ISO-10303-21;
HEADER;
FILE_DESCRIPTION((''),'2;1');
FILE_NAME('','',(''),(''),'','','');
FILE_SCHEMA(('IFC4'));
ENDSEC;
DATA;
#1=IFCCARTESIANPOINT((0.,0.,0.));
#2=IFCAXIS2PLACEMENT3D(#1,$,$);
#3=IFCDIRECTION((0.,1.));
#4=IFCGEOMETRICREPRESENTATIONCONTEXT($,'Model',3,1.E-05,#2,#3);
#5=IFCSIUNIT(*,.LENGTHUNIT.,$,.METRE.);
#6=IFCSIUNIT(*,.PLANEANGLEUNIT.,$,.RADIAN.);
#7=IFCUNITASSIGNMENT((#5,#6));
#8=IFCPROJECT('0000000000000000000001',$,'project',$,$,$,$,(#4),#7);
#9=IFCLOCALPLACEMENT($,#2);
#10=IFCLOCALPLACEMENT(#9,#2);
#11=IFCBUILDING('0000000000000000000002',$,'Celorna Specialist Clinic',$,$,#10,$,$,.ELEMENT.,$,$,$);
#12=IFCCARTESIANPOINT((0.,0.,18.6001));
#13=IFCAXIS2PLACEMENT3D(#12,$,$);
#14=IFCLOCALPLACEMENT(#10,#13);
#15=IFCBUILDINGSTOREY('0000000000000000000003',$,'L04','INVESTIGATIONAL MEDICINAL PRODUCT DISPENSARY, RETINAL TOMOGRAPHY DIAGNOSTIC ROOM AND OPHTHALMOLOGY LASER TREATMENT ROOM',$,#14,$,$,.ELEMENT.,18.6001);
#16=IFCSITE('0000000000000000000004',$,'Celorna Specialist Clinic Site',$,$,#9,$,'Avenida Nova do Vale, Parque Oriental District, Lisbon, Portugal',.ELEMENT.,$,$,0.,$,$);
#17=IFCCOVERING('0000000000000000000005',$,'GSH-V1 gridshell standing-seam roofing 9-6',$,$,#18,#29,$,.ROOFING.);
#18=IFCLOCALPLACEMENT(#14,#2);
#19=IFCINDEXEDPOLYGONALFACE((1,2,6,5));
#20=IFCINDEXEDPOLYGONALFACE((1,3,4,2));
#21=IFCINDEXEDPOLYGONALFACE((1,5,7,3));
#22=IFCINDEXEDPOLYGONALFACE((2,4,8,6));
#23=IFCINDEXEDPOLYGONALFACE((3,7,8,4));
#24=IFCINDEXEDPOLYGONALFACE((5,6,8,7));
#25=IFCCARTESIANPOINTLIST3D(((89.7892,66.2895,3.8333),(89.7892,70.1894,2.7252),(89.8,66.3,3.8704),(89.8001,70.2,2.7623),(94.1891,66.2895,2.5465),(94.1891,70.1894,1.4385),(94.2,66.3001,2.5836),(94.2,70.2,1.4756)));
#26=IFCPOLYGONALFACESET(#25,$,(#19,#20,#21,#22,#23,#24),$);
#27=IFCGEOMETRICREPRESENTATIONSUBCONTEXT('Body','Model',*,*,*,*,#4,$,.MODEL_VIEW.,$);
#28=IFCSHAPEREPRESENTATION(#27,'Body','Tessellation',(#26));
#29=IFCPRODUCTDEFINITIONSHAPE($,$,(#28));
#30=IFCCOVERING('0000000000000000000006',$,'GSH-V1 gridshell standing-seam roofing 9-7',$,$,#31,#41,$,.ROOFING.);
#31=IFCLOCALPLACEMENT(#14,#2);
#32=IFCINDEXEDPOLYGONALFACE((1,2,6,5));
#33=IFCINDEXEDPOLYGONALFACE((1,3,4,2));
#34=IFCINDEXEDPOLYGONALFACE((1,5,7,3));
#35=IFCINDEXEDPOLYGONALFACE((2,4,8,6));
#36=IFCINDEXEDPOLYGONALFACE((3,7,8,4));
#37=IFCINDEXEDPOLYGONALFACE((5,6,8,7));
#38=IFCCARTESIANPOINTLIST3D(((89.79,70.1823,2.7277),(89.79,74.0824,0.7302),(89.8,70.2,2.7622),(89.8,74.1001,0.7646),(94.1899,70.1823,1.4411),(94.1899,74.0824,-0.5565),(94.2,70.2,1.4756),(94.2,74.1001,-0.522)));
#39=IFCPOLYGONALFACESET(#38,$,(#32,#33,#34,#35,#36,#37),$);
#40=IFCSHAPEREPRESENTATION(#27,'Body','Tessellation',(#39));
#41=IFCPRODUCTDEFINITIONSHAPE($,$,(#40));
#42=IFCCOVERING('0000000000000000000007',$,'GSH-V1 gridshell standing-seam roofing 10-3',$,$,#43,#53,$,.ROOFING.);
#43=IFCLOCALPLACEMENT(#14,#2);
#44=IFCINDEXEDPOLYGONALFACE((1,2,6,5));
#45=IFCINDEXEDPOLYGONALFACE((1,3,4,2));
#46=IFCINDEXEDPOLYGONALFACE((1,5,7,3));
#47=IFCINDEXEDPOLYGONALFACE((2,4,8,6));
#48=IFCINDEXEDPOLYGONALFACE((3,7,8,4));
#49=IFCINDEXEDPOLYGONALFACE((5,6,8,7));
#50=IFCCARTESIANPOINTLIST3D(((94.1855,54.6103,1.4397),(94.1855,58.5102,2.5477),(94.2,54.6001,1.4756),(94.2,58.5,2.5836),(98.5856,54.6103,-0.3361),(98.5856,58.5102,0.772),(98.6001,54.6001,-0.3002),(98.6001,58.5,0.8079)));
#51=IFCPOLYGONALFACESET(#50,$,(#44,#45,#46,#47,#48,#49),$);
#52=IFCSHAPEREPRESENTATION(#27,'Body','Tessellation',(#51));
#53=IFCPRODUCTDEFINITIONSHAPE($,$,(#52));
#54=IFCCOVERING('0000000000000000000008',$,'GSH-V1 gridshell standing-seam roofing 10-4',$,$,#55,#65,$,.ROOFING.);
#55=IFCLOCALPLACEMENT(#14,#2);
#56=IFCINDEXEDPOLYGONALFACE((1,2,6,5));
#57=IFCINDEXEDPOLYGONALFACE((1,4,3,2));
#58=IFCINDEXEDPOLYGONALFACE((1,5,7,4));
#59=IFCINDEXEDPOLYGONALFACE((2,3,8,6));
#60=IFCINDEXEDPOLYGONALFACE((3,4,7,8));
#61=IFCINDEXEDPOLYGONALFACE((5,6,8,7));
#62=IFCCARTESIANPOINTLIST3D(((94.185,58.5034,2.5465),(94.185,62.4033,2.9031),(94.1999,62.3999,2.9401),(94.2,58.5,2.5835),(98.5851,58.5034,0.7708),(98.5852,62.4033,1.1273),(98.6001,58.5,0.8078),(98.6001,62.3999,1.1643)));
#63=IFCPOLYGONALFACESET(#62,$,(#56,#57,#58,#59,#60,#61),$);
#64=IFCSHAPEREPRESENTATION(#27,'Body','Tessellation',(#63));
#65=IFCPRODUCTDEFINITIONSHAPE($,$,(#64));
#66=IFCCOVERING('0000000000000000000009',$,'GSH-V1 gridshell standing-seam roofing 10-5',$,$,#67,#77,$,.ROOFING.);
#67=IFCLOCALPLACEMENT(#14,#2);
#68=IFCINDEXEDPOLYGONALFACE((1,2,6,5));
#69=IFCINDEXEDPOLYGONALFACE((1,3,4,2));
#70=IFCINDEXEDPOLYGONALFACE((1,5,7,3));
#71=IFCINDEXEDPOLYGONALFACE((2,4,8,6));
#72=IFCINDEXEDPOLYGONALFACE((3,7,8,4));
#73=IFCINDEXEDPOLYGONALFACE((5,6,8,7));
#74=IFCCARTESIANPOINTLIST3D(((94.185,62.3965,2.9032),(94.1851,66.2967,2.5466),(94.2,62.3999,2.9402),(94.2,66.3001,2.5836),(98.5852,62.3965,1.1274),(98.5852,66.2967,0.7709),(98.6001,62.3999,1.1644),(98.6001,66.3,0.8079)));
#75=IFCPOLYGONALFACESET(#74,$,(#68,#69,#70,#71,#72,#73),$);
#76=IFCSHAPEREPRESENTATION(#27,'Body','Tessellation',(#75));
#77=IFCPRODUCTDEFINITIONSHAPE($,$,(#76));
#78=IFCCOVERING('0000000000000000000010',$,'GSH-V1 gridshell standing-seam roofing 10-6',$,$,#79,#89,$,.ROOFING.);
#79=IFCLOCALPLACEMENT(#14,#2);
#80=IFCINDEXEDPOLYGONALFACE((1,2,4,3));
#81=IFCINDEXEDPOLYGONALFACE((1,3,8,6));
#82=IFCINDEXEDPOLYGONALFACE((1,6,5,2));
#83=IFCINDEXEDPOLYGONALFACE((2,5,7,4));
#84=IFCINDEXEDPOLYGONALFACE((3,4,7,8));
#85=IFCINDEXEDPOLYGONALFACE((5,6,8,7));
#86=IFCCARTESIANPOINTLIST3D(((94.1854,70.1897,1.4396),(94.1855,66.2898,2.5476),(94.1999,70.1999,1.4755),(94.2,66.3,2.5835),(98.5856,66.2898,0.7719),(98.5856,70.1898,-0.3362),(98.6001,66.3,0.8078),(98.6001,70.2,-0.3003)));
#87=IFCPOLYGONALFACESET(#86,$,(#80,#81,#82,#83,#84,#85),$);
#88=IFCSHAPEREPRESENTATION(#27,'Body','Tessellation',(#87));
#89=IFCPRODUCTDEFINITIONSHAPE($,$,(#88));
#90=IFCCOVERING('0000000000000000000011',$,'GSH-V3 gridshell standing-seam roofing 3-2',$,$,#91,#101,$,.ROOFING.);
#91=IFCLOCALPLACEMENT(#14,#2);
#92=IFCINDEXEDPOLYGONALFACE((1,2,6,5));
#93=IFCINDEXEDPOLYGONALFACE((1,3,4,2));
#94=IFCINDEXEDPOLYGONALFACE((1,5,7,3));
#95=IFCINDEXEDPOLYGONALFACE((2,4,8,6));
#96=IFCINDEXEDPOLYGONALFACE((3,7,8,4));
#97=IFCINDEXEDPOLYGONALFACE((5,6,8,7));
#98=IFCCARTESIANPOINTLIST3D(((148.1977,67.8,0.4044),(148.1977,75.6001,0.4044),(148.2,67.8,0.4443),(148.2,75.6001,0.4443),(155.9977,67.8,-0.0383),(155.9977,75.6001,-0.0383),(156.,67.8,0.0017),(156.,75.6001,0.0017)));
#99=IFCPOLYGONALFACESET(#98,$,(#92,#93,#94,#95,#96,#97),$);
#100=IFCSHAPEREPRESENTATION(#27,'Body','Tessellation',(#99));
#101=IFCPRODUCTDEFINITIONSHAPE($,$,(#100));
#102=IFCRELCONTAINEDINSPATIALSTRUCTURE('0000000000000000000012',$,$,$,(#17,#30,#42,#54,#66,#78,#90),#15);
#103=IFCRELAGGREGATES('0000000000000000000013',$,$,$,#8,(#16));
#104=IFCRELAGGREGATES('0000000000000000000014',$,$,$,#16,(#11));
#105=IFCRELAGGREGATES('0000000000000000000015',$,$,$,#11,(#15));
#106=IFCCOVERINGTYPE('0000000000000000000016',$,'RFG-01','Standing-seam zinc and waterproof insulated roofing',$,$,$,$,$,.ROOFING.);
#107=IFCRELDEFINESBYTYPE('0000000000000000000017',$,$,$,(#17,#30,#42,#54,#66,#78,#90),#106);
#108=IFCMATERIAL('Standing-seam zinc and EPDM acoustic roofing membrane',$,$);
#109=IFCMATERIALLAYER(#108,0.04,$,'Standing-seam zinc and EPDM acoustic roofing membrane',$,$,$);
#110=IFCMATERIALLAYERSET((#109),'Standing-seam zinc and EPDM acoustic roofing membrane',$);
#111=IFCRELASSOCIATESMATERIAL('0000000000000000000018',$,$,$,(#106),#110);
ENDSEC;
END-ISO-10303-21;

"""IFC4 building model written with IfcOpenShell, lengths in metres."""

from ifc_helpers import new_model, si_unit, direction, frame, origin, place, context, subcontext, project, spatial, polyline, outline, extrude, material, layer, layer_set, type_object, element, save


model = new_model("IFC4")

# Units and contexts
model_context = context("Model", 3, precision=1e-05, world=origin(), true_north=direction((0.0, 1.0)))
body_context = subcontext(model_context, "Body", "Model", "MODEL_VIEW")
ifc_project = project(units=[si_unit("LENGTHUNIT", "METRE"), si_unit("PLANEANGLEUNIT", "RADIAN")], contexts=[model_context])

# Site, building, storey
site_placement = place(None, origin())
site = spatial("IfcSite", under=ifc_project, at=site_placement, Name="Celorna Specialist Clinic Site", LongName="Avenida Nova do Vale, Parque Oriental District, Lisbon, Portugal", CompositionType="ELEMENT", RefElevation=0.0)
building_placement = place(site_placement, origin())
building = spatial("IfcBuilding", under=site, at=building_placement, Name="Celorna Specialist Clinic", CompositionType="ELEMENT")
storey_placement = place(building_placement, frame((0.0, 0.0, 18.6001)))
storey = spatial("IfcBuildingStorey", under=building, at=storey_placement, Name="L04", Description="INVESTIGATIONAL MEDICINAL PRODUCT DISPENSARY, RETINAL TOMOGRAPHY DIAGNOSTIC ROOM AND OPHTHALMOLOGY LASER TREATMENT ROOM", CompositionType="ELEMENT", Elevation=18.6001)

# Coverings
ifc_material_1 = material(Name="Standing-seam zinc and EPDM acoustic roofing membrane")
ifc_layer_1 = layer(ifc_material_1, 0.04, Name="Standing-seam zinc and EPDM acoustic roofing membrane")
ifc_layer_set_1 = layer_set([ifc_layer_1], Name="Standing-seam zinc and EPDM acoustic roofing membrane")
covering_type = type_object("IfcCoveringType", Name="RFG-01", Description="Standing-seam zinc and waterproof insulated roofing", PredefinedType="ROOFING", material=ifc_layer_set_1)
covering_1_placement = place(storey_placement, frame((89.8, 66.3, 3.8704), z_axis=(0.270803, 0.263089, 0.925986), x_axis=(0.959798, 0.000006, -0.280693)))
element("IfcCovering", 1, at=covering_1_placement, inside=storey, type_object=covering_type, Name="GSH-V1 gridshell standing-seam roofing 9-6", PredefinedType="ROOFING", context=body_context, shape_type="SweptSolid", body=[
    extrude(outline(polyline([(0.0, 0.0), (4.5842, 0.0), (4.8952, 4.0423), (0.3111, 4.0423), (0.0, 0.0)])), origin(), (0.0, 0.0, -1.0), 0.04),
])
covering_2_placement = place(storey_placement, frame((89.8, 70.2, 2.7622), z_axis=(0.251878, 0.441164, 0.861355), x_axis=(0.959805, 0.0, -0.280667)))
element("IfcCovering", 2, at=covering_2_placement, inside=storey, type_object=covering_type, Name="GSH-V1 gridshell standing-seam roofing 9-7", PredefinedType="ROOFING", context=body_context, shape_type="SweptSolid", body=[
    extrude(outline(polyline([(0.0, 0.0), (4.5842, 0.0), (5.1448, 4.3459), (0.5606, 4.3459), (0.0, 0.0)])), origin(), (0.0, 0.0, -1.0), 0.04),
])
covering_3_placement = place(storey_placement, frame((94.2, 54.6001, 1.4756), z_axis=(0.361891, -0.254777, 0.896729), x_axis=(0.927331, -0.000006, -0.374242)))
element("IfcCovering", 3, at=covering_3_placement, inside=storey, type_object=covering_type, Name="GSH-V1 gridshell standing-seam roofing 10-3", PredefinedType="ROOFING", context=body_context, shape_type="SweptSolid", body=[
    extrude(outline(polyline([(0.0, 0.0), (4.745, 0.0), (4.3303, 4.033), (-0.4146, 4.033), (0.0, 0.0)])), origin(), (0.0, 0.0, -1.0), 0.04),
])
covering_4_placement = place(storey_placement, frame((94.2, 58.5, 2.5835), z_axis=(0.372903, -0.084483, 0.924016), x_axis=(0.927332, 0.000002, -0.374241)))
element("IfcCovering", 4, at=covering_4_placement, inside=storey, type_object=covering_type, Name="GSH-V1 gridshell standing-seam roofing 10-4", PredefinedType="ROOFING", context=body_context, shape_type="SweptSolid", body=[
    extrude(outline(polyline([(0.0, 0.0), (4.7449, 0.0), (4.6115, 3.9139), (-0.1335, 3.9139), (0.0, 0.0)])), origin(), (0.0, 0.0, -1.0), 0.04),
])
covering_5_placement = place(storey_placement, frame((94.2, 62.3999, 2.9402), z_axis=(0.372903, 0.084477, 0.924017), x_axis=(0.927331, 0.000002, -0.374241)))
element("IfcCovering", 5, at=covering_5_placement, inside=storey, type_object=covering_type, Name="GSH-V1 gridshell standing-seam roofing 10-5", PredefinedType="ROOFING", context=body_context, shape_type="SweptSolid", body=[
    extrude(outline(polyline([(0.0, 0.0), (4.745, 0.0), (4.8784, 3.9141), (0.1335, 3.9141), (0.0, 0.0)])), origin(), (0.0, 0.0, -1.0), 0.04),
])
covering_6_placement = place(storey_placement, frame((94.2, 66.3, 2.5835), z_axis=(0.361891, 0.254777, 0.896729), x_axis=(0.927332, -0.000006, -0.37424)))
element("IfcCovering", 6, at=covering_6_placement, inside=storey, type_object=covering_type, Name="GSH-V1 gridshell standing-seam roofing 10-6", PredefinedType="ROOFING", context=body_context, shape_type="SweptSolid", body=[
    extrude(outline(polyline([(0.0, 0.0), (4.7449, 0.0), (5.1596, 4.033), (0.4146, 4.033), (0.0, 0.0)])), origin(), (0.0, 0.0, -1.0), 0.04),
])
covering_7_placement = place(storey_placement, frame((148.2, 67.8, 0.4443), z_axis=(0.056656, 0.0, 0.998394), x_axis=(0.998394, 0.0, -0.056656)))
element("IfcCovering", 7, at=covering_7_placement, inside=storey, type_object=covering_type, Name="GSH-V3 gridshell standing-seam roofing 3-2", PredefinedType="ROOFING", context=body_context, shape_type="SweptSolid", body=[
    extrude(outline(polyline([(0.0, 0.0), (7.8126, 0.0), (7.8126, 7.8), (0.0, 7.8), (0.0, 0.0)])), origin(), (0.0, 0.0, -1.0), 0.04),
])

save(model, "model.ifc")
